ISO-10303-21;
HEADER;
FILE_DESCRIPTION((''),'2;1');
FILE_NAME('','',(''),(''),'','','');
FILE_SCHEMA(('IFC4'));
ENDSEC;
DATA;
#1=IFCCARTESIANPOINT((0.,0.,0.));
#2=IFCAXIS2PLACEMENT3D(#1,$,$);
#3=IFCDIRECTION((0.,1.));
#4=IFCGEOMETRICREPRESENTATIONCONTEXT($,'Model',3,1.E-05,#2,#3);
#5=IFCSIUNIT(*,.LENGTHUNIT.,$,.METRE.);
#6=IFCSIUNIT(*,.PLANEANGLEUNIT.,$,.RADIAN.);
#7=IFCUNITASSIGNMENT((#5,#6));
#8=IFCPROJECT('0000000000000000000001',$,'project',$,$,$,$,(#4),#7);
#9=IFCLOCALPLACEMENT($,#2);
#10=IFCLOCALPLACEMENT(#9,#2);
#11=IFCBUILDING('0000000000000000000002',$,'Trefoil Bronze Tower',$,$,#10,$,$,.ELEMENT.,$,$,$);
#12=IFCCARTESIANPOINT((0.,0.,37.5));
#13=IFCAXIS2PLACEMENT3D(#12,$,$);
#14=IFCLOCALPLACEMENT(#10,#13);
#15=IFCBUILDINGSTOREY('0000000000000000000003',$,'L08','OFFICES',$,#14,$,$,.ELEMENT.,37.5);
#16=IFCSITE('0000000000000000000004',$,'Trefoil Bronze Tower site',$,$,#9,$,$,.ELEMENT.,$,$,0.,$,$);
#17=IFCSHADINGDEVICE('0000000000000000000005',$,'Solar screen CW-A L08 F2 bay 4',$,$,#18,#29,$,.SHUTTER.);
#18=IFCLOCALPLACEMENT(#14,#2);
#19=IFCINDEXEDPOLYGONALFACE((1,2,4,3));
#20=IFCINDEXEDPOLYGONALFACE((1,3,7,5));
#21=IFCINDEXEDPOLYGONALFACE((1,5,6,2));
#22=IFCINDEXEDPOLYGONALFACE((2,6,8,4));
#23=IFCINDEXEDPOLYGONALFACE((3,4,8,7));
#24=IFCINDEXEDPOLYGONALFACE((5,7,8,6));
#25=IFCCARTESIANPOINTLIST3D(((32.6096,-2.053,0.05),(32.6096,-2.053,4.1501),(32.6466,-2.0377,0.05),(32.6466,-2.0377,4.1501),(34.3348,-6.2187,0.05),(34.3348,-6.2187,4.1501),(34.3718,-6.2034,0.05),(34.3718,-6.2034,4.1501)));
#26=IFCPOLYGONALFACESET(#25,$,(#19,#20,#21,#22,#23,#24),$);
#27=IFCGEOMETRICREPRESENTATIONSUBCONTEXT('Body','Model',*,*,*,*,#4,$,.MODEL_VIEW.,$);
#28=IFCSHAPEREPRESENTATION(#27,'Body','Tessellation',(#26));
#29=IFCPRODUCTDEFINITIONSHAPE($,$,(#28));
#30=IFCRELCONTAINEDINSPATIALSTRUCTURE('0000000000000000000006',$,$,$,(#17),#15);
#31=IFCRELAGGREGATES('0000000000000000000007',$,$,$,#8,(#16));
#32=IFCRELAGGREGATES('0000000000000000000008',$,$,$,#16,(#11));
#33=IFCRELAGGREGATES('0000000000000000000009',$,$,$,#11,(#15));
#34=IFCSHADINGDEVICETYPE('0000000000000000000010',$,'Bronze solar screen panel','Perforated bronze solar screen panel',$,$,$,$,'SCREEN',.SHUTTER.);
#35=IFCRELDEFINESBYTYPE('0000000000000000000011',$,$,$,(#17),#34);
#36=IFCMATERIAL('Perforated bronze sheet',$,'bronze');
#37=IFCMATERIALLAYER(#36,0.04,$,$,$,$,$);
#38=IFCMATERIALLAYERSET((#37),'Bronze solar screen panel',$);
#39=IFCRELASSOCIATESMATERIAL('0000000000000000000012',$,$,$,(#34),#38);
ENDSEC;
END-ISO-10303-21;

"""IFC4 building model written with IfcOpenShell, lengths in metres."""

from ifc_helpers import new_model, si_unit, direction, frame, origin, origin_2d, place, context, subcontext, project, spatial, rectangle, extrude, material, layer, layer_set, type_object, element, save


model = new_model("IFC4")

# Units and contexts
model_context = context("Model", 3, precision=1e-05, world=origin(), true_north=direction((0.0, 1.0)))
body_context = subcontext(model_context, "Body", "Model", "MODEL_VIEW")
ifc_project = project(units=[si_unit("LENGTHUNIT", "METRE"), si_unit("PLANEANGLEUNIT", "RADIAN")], contexts=[model_context])

# Site, building, storey
site_placement = place(None, origin())
site = spatial("IfcSite", under=ifc_project, at=site_placement, Name="Trefoil Bronze Tower site", CompositionType="ELEMENT", RefElevation=0.0)
building_placement = place(site_placement, origin())
building = spatial("IfcBuilding", under=site, at=building_placement, Name="Trefoil Bronze Tower", CompositionType="ELEMENT")
storey_placement = place(building_placement, frame((0.0, 0.0, 37.5)))
storey = spatial("IfcBuildingStorey", under=building, at=storey_placement, Name="L08", Description="OFFICES", CompositionType="ELEMENT", Elevation=37.5)

# Shading device
ifc_material_1 = material(Name="Perforated bronze sheet", Category="bronze")
ifc_layer_1 = layer(ifc_material_1, 0.04)
ifc_layer_set_1 = layer_set([ifc_layer_1], Name="Bronze solar screen panel")
shading_device_type = type_object("IfcShadingDeviceType", Name="Bronze solar screen panel", Description="Perforated bronze solar screen panel", ElementType="SCREEN", PredefinedType="SHUTTER", material=ifc_layer_set_1)
shading_device_1_placement = place(storey_placement, frame((33.4907, -4.1282, 0.05), z_axis=(0.0, 0.0, 1.0), x_axis=(-0.38263, 0.923902, 0.0)))
element("IfcShadingDevice", 1, at=shading_device_1_placement, inside=storey, type_object=shading_device_type, Name="Solar screen CW-A L08 F2 bay 4", PredefinedType="SHUTTER", context=body_context, shape_type="SweptSolid", body=[
    extrude(rectangle(XDim=4.5088, YDim=0.04, at=origin_2d()), origin(), (0.0, 0.0, 1.0), 4.1001),
])

save(model, "model.ifc")
